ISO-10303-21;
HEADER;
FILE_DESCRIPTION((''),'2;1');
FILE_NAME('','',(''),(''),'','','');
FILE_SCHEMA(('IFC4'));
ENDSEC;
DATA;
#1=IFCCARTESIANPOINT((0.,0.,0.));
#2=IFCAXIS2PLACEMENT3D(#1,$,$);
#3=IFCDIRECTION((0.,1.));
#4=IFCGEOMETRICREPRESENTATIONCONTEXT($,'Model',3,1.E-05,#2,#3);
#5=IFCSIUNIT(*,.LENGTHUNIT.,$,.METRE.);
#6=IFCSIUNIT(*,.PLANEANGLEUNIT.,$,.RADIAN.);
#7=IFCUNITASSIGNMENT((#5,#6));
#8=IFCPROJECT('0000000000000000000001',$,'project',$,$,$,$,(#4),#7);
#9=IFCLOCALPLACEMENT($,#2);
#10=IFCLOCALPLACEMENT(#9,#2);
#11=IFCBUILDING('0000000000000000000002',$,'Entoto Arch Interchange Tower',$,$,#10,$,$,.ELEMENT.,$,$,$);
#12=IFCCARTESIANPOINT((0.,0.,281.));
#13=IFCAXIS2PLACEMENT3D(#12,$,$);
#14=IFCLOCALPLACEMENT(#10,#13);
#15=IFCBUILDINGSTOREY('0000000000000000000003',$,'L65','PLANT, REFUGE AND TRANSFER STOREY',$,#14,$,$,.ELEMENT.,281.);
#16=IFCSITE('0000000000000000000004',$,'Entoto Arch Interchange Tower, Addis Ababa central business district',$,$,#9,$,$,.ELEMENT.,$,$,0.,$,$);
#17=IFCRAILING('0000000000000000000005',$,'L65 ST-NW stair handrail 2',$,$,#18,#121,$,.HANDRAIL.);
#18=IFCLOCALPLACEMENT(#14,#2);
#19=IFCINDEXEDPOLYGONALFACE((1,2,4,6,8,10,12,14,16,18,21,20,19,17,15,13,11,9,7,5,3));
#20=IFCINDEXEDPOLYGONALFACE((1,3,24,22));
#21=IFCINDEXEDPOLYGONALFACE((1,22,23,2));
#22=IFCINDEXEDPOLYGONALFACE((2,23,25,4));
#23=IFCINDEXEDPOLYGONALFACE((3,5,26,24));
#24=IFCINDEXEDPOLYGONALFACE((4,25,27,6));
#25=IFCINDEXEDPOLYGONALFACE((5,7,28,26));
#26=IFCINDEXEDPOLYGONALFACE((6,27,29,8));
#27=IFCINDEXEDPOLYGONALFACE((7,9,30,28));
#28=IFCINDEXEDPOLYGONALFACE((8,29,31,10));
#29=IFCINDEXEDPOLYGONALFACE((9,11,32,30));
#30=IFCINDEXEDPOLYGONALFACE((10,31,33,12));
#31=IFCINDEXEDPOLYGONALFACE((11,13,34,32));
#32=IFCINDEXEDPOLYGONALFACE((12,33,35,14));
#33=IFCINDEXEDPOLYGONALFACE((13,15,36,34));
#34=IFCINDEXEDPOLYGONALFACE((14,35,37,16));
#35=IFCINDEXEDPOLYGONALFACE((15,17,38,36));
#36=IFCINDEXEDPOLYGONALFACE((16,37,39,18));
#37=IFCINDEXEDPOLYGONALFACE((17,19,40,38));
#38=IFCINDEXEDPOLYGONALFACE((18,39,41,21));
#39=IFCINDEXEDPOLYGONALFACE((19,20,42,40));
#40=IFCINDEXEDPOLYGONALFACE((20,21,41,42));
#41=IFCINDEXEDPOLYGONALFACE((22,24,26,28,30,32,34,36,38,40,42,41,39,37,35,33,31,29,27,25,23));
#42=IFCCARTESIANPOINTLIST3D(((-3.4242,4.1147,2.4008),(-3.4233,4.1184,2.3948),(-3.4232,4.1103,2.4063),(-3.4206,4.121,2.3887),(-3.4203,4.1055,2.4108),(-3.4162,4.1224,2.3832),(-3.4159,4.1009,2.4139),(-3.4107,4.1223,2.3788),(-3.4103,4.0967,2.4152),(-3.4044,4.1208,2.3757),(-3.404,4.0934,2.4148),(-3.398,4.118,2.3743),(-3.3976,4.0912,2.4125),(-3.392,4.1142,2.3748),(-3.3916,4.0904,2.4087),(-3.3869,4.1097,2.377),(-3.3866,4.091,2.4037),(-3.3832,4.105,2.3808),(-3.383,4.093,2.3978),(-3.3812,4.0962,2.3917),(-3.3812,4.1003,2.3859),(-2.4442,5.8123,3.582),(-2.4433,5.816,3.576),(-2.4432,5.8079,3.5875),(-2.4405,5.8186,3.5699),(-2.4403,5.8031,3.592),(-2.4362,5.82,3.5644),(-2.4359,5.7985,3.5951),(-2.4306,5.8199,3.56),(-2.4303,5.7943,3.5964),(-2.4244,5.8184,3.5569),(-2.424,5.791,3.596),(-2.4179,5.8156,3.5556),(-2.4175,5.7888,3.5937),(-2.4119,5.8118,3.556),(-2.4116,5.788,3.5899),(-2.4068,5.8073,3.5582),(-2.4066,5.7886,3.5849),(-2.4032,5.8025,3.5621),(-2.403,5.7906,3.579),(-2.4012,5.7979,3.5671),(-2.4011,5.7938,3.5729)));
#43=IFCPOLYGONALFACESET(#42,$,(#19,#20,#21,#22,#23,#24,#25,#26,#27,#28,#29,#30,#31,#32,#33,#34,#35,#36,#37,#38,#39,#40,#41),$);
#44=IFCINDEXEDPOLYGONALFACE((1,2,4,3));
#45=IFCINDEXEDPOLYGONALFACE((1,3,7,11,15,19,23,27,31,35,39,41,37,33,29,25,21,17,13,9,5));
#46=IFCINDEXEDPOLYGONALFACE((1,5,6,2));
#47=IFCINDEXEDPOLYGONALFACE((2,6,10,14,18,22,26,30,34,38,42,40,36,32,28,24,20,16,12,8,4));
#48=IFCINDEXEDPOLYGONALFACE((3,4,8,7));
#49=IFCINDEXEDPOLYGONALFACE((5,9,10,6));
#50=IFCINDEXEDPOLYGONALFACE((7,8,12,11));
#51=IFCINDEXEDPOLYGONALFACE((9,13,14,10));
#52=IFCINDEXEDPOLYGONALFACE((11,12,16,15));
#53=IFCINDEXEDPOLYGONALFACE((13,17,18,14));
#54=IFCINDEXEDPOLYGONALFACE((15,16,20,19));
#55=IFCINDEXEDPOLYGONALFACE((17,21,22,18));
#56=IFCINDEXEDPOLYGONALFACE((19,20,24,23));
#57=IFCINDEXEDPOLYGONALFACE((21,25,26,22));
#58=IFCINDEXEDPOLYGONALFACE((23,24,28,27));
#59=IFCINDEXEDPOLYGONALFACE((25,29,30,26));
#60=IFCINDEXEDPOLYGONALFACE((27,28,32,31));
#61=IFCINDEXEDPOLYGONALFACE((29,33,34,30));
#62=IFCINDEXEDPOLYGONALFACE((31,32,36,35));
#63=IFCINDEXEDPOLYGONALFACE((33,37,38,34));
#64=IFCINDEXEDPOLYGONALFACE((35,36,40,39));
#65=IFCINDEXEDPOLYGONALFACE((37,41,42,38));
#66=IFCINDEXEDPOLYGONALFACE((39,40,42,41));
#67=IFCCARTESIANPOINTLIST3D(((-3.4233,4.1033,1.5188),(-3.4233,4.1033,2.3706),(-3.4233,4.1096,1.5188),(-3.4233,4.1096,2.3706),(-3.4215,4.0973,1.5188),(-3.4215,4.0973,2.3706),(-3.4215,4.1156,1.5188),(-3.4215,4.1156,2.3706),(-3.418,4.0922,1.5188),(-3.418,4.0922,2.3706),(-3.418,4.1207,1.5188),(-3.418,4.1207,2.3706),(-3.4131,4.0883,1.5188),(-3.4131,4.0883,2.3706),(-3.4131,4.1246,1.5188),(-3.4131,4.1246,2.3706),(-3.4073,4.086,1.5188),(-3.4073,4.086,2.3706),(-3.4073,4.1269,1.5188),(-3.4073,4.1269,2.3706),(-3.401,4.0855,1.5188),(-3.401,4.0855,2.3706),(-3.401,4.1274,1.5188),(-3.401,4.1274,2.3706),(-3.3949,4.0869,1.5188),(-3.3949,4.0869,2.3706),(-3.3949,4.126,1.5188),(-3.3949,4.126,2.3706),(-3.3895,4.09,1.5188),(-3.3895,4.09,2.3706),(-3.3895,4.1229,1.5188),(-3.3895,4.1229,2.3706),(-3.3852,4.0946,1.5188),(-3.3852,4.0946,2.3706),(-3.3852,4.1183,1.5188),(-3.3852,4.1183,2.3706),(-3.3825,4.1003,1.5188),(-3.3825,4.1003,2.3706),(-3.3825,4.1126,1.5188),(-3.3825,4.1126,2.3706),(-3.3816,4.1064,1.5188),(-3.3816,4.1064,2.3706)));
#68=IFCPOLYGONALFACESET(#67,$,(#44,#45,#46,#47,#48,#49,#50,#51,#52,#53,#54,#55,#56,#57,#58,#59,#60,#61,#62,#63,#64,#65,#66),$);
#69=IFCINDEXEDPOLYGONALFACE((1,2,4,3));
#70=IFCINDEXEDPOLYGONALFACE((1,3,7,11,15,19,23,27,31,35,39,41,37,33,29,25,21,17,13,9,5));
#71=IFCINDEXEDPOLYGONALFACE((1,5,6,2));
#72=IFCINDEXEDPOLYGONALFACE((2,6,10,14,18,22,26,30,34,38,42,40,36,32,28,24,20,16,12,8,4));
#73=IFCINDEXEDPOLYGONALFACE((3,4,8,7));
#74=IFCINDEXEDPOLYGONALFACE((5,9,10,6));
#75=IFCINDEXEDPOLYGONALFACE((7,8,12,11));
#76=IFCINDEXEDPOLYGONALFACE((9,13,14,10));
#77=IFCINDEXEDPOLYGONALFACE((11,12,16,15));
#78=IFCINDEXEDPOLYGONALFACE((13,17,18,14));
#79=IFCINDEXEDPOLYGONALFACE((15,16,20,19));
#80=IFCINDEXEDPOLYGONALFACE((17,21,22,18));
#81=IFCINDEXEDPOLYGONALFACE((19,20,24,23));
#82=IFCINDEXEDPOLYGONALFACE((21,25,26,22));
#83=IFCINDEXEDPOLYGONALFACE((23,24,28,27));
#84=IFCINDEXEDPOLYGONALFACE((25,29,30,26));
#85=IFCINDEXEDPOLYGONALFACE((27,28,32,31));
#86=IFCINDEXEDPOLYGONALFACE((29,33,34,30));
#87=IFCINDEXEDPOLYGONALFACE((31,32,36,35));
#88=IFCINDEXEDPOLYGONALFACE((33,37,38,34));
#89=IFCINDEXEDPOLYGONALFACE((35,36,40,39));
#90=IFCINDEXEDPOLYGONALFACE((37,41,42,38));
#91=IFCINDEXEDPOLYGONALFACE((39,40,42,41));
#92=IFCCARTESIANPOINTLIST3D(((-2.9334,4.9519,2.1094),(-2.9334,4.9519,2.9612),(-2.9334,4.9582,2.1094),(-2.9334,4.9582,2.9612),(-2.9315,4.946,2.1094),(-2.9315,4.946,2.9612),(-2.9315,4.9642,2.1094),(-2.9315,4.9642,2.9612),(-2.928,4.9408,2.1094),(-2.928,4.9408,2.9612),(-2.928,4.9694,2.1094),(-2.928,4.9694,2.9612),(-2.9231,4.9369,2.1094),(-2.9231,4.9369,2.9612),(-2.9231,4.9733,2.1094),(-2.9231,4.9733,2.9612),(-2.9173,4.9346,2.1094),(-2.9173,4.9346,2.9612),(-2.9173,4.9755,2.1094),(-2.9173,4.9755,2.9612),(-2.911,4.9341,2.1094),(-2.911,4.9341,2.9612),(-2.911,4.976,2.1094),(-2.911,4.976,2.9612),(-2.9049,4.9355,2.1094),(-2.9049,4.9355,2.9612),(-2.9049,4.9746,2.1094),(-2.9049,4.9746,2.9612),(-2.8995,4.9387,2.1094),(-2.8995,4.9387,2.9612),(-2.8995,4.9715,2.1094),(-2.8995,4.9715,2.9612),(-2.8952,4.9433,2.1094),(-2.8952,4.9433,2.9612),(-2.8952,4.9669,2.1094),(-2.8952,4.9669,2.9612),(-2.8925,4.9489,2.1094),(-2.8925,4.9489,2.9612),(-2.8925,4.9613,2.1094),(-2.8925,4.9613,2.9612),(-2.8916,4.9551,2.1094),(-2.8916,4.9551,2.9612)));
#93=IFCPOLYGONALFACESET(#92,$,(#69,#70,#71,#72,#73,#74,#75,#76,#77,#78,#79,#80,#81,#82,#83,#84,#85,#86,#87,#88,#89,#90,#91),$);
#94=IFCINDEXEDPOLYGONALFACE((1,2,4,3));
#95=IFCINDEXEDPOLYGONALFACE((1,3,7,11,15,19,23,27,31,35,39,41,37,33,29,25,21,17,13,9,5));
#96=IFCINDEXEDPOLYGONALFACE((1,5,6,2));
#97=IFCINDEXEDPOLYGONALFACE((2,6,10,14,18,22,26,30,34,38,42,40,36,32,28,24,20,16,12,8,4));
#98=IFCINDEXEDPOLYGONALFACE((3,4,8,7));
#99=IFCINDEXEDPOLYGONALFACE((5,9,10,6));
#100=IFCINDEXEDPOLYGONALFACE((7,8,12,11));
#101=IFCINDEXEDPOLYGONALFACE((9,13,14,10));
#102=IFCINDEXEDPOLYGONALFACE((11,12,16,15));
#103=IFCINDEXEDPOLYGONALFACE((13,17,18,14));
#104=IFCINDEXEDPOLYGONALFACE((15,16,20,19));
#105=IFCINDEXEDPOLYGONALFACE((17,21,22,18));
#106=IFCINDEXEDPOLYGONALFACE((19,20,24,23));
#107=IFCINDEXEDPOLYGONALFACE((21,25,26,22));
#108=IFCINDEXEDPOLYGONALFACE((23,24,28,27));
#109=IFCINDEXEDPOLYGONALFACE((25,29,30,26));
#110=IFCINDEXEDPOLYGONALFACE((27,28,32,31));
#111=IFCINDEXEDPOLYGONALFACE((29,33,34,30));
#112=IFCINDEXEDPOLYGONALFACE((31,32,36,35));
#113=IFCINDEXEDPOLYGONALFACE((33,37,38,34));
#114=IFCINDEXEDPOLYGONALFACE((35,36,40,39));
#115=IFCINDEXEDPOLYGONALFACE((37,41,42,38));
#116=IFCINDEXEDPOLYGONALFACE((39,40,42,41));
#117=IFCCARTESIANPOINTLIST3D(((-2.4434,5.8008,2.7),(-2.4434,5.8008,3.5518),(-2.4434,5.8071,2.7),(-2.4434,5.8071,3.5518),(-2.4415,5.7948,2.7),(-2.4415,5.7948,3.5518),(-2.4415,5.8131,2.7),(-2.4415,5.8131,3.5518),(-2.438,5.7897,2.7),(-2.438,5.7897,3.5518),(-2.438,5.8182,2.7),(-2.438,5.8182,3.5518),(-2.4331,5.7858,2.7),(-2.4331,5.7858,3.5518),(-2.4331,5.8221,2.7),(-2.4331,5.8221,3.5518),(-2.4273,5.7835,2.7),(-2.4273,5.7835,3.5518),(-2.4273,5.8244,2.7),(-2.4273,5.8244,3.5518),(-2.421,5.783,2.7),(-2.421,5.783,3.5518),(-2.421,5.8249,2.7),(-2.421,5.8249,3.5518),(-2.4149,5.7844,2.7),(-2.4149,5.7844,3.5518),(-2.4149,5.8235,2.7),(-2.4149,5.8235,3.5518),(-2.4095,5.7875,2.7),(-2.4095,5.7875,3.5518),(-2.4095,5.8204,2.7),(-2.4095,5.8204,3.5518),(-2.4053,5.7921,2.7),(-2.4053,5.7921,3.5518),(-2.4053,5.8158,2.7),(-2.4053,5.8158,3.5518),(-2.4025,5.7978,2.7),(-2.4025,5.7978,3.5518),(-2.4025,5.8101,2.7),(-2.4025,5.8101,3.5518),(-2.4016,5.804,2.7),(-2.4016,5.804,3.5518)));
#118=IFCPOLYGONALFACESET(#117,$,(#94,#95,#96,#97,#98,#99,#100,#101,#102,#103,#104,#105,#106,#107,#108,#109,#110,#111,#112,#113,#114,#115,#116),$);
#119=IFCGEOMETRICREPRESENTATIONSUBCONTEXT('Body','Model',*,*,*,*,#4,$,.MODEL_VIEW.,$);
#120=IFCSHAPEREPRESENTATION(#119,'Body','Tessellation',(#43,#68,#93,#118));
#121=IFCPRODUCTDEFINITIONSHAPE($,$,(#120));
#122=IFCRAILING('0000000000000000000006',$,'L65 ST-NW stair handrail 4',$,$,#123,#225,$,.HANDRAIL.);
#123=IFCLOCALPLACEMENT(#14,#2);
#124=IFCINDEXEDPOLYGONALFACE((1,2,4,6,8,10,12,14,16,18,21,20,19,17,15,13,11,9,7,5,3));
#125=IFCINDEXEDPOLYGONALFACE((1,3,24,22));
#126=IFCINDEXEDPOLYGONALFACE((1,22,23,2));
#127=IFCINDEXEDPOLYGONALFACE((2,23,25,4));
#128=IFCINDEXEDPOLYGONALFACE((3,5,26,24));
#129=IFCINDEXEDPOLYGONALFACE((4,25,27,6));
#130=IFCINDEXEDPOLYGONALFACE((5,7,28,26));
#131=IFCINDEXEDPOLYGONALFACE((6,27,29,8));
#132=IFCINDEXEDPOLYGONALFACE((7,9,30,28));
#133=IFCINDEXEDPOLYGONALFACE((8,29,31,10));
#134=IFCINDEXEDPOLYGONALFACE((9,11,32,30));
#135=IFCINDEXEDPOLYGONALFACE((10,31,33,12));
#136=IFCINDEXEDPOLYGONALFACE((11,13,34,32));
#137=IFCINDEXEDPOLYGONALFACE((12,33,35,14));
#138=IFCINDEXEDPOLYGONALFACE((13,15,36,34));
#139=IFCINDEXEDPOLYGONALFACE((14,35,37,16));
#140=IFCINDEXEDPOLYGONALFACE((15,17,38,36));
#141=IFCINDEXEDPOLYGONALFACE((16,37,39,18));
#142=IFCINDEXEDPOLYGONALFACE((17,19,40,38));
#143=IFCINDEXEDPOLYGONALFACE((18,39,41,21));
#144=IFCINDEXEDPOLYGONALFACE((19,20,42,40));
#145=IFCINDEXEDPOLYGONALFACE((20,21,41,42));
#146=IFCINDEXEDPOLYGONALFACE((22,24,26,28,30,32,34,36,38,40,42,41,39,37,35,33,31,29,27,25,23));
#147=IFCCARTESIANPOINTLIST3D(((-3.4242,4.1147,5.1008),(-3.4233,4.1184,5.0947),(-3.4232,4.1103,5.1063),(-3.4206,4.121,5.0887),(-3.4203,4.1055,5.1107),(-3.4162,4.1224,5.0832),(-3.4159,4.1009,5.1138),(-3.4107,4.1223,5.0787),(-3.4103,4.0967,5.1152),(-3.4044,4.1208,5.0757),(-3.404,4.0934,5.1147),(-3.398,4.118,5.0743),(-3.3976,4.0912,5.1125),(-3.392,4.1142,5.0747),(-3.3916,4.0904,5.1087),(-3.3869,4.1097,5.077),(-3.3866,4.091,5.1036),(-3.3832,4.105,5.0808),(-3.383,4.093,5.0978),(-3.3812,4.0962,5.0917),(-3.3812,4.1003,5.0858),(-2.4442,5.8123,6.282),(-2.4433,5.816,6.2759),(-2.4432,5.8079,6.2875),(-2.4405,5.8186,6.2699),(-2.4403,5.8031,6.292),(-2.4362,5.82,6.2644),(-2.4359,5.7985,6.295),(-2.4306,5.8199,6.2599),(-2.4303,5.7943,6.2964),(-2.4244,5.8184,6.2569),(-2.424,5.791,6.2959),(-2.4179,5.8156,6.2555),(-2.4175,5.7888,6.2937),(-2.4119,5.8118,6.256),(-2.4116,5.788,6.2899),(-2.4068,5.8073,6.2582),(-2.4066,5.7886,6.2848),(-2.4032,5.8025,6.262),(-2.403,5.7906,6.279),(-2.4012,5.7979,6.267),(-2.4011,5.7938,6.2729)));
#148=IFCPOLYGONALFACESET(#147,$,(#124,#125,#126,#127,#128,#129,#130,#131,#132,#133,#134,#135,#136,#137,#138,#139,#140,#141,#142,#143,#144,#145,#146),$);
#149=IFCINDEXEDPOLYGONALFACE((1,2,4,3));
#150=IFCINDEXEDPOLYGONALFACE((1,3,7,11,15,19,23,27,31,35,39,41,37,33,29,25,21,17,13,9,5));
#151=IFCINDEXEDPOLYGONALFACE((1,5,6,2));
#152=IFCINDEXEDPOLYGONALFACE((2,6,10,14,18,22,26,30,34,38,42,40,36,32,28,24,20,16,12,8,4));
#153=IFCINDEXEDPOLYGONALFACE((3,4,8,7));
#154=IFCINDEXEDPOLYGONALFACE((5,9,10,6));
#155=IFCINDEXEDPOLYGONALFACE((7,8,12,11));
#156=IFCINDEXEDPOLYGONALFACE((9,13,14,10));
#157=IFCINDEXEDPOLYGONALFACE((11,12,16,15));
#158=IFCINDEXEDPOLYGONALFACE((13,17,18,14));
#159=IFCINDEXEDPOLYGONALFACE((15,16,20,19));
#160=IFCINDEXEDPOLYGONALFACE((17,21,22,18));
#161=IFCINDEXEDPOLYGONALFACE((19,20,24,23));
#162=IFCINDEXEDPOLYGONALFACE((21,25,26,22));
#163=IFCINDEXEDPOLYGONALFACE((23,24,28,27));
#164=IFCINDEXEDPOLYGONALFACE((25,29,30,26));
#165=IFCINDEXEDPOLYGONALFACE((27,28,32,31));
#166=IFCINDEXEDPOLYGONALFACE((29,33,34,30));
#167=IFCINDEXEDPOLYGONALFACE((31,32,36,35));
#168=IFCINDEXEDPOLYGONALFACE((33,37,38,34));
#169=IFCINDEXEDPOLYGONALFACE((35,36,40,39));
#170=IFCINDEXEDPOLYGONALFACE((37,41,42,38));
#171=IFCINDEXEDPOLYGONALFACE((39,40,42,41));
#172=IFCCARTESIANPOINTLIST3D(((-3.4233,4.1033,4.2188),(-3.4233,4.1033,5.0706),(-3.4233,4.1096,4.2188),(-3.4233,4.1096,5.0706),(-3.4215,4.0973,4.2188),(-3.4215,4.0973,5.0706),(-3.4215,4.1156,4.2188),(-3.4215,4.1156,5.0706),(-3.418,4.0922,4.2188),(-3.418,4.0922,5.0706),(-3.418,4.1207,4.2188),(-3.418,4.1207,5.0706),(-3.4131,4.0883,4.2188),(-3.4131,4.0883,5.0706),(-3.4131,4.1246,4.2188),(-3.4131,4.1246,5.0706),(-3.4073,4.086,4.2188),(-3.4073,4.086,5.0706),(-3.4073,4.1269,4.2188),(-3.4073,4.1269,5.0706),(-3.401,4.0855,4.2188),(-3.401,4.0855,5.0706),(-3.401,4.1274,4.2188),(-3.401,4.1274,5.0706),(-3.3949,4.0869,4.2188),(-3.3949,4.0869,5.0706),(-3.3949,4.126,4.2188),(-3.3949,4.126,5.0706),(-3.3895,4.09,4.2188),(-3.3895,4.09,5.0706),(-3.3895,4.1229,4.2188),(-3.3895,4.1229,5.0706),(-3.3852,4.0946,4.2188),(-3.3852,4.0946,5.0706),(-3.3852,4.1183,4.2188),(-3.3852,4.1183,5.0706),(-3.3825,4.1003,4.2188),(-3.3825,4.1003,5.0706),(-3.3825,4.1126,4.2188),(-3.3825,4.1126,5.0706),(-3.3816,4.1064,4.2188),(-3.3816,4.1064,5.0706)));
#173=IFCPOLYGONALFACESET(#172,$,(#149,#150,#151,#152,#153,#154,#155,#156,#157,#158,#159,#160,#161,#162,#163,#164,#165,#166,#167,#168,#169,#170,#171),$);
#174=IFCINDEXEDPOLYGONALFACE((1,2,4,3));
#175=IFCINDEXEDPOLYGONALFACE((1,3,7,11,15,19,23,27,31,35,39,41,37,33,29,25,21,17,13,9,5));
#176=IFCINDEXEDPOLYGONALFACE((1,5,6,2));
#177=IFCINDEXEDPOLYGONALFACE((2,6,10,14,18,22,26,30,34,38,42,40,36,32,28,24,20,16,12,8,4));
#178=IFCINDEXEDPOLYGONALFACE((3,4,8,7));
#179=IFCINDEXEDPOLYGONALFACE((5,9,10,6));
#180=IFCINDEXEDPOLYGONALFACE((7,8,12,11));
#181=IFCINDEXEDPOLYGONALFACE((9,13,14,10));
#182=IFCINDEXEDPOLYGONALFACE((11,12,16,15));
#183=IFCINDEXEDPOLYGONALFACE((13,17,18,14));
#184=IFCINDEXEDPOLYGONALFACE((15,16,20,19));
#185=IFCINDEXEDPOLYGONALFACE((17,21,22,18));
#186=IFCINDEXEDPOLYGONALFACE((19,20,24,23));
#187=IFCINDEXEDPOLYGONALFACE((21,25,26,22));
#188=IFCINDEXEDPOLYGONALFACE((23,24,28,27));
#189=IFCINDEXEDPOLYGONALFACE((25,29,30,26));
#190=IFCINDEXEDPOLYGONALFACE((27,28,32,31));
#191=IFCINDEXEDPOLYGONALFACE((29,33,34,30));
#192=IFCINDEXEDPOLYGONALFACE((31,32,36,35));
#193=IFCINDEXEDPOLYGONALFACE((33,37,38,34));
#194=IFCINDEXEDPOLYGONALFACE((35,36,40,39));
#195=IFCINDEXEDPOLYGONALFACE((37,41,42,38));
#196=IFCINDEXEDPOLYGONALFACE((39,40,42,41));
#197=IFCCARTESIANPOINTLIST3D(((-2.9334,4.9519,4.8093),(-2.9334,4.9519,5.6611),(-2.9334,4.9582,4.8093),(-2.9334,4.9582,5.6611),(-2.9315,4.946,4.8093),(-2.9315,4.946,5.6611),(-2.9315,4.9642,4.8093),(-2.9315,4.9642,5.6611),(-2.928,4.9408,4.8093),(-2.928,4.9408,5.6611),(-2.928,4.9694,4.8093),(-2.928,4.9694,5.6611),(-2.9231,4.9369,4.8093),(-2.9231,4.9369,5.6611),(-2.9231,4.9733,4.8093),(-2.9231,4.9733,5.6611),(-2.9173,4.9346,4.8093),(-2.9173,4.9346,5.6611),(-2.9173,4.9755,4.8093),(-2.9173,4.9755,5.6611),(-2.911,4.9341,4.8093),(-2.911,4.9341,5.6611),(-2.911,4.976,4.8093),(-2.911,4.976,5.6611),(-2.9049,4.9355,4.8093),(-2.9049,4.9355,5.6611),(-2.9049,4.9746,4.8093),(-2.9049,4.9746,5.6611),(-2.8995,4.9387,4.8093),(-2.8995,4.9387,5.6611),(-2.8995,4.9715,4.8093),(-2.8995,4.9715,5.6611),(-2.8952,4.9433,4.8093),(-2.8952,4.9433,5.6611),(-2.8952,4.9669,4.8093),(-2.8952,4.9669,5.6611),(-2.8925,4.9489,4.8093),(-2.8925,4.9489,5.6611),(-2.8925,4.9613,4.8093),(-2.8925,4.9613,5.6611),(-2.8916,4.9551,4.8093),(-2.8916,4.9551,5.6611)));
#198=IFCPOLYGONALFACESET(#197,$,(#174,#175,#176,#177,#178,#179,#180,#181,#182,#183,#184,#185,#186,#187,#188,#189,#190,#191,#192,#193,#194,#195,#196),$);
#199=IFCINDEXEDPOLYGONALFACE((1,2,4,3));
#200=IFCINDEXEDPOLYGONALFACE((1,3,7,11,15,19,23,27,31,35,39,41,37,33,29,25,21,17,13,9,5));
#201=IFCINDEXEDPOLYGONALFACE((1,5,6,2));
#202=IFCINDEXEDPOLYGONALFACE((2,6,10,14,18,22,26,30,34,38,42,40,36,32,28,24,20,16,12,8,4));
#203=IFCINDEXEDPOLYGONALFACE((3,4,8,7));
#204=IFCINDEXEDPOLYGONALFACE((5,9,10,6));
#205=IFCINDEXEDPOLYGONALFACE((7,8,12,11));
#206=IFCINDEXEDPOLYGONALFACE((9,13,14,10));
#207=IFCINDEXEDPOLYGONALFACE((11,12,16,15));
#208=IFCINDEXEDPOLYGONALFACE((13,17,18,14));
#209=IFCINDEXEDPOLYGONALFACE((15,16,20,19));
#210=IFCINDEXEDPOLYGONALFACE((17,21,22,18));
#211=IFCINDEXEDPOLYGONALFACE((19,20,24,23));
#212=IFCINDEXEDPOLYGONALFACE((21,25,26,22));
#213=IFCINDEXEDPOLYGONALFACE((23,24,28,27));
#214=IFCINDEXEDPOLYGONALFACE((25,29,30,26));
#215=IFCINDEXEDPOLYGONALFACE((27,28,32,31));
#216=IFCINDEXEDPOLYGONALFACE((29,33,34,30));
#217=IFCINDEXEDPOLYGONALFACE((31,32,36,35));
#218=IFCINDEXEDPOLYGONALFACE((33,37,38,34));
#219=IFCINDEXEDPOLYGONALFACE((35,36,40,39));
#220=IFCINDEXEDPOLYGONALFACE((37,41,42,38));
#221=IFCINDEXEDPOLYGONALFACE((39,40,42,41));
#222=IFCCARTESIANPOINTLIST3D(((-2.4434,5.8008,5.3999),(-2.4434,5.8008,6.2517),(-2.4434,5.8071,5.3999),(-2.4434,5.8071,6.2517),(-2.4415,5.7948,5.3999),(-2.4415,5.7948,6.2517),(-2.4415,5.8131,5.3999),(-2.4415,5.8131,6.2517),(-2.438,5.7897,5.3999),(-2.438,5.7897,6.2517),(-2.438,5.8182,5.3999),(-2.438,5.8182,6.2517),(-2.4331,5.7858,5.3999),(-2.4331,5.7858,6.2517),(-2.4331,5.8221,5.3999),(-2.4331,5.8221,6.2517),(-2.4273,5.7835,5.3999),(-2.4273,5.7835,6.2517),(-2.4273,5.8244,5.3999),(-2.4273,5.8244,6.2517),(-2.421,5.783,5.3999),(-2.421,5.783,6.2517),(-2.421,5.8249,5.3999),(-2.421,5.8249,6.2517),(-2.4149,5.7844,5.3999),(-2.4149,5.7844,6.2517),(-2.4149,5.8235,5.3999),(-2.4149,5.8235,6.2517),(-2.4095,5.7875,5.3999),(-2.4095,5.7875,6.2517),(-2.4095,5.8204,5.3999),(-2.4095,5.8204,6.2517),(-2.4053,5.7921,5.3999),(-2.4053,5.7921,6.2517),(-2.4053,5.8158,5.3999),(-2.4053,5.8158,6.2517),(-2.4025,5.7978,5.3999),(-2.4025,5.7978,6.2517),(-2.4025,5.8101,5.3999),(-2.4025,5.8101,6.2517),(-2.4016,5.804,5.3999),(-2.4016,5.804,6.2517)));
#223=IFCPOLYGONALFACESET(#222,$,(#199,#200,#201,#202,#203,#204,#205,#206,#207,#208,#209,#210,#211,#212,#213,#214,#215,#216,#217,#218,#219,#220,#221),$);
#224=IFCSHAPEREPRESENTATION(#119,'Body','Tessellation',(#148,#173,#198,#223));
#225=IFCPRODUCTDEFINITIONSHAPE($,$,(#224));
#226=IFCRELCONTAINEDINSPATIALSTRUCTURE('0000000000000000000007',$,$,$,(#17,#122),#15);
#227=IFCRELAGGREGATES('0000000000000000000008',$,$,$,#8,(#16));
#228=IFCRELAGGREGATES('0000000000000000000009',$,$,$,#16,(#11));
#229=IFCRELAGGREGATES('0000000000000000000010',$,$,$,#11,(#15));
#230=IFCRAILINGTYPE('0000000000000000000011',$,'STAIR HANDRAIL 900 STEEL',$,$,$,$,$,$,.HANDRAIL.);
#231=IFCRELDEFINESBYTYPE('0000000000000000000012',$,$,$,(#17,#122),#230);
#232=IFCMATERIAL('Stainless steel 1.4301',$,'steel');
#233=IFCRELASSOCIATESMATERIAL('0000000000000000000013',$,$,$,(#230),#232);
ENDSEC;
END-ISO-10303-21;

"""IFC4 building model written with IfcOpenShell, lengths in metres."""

from ifc_helpers import new_model, si_unit, direction, frame, origin, origin_2d, place, context, subcontext, project, spatial, circle, extrude, material, type_object, element, save


model = new_model("IFC4")

# Units and contexts
model_context = context("Model", 3, precision=1e-05, world=origin(), true_north=direction((0.0, 1.0)))
body_context = subcontext(model_context, "Body", "Model", "MODEL_VIEW")
ifc_project = project(units=[si_unit("LENGTHUNIT", "METRE"), si_unit("PLANEANGLEUNIT", "RADIAN")], contexts=[model_context])

# Site, building, storey
site_placement = place(None, origin())
site = spatial("IfcSite", under=ifc_project, at=site_placement, Name="Entoto Arch Interchange Tower, Addis Ababa central business district", CompositionType="ELEMENT", RefElevation=0.0)
building_placement = place(site_placement, origin())
building = spatial("IfcBuilding", under=site, at=building_placement, Name="Entoto Arch Interchange Tower", CompositionType="ELEMENT")
storey_placement = place(building_placement, frame((0.0, 0.0, 281.0)))
storey = spatial("IfcBuildingStorey", under=building, at=storey_placement, Name="L65", Description="PLANT, REFUGE AND TRANSFER STOREY", CompositionType="ELEMENT", Elevation=281.0)

# Railings
ifc_material_1 = material(Name="Stainless steel 1.4301", Category="steel")
railing_type_1 = type_object("IfcRailingType", Name="STAIR HANDRAIL 900 STEEL", PredefinedType="HANDRAIL", material=ifc_material_1)
for number, where, name in (
    (1, (-3.4026, 4.1064, 1.5188), "L65 ST-NW stair handrail 2"),
    (2, (-3.4026, 4.1064, 4.2188), "L65 ST-NW stair handrail 4"),
):
    element("IfcRailing", number, at=place(storey_placement, frame(where)), inside=storey, type_object=railing_type_1, Name=name, PredefinedType="HANDRAIL", context=body_context, shape_type="SweptSolid", body=[
        extrude(circle(Radius=0.0239, at=origin_2d()), frame((0.0, 0.0, 0.876), z_axis=(0.428228, 0.741771, 0.516135), x_axis=(-0.866042, 0.49997, 0.0)), (0.0, 0.0, 1.0), 2.2886),
        extrude(circle(Radius=0.021, at=origin_2d()), origin(), (0.0, 0.0, 1.0), 0.8518),
        extrude(circle(Radius=0.021, at=origin_2d()), frame((0.49, 0.8486, 0.5906)), (0.0, 0.0, 1.0), 0.8518),
        extrude(circle(Radius=0.021, at=origin_2d()), frame((0.98, 1.6975, 1.1812)), (0.0, 0.0, 1.0), 0.8518),
    ])

save(model, "model.ifc")
